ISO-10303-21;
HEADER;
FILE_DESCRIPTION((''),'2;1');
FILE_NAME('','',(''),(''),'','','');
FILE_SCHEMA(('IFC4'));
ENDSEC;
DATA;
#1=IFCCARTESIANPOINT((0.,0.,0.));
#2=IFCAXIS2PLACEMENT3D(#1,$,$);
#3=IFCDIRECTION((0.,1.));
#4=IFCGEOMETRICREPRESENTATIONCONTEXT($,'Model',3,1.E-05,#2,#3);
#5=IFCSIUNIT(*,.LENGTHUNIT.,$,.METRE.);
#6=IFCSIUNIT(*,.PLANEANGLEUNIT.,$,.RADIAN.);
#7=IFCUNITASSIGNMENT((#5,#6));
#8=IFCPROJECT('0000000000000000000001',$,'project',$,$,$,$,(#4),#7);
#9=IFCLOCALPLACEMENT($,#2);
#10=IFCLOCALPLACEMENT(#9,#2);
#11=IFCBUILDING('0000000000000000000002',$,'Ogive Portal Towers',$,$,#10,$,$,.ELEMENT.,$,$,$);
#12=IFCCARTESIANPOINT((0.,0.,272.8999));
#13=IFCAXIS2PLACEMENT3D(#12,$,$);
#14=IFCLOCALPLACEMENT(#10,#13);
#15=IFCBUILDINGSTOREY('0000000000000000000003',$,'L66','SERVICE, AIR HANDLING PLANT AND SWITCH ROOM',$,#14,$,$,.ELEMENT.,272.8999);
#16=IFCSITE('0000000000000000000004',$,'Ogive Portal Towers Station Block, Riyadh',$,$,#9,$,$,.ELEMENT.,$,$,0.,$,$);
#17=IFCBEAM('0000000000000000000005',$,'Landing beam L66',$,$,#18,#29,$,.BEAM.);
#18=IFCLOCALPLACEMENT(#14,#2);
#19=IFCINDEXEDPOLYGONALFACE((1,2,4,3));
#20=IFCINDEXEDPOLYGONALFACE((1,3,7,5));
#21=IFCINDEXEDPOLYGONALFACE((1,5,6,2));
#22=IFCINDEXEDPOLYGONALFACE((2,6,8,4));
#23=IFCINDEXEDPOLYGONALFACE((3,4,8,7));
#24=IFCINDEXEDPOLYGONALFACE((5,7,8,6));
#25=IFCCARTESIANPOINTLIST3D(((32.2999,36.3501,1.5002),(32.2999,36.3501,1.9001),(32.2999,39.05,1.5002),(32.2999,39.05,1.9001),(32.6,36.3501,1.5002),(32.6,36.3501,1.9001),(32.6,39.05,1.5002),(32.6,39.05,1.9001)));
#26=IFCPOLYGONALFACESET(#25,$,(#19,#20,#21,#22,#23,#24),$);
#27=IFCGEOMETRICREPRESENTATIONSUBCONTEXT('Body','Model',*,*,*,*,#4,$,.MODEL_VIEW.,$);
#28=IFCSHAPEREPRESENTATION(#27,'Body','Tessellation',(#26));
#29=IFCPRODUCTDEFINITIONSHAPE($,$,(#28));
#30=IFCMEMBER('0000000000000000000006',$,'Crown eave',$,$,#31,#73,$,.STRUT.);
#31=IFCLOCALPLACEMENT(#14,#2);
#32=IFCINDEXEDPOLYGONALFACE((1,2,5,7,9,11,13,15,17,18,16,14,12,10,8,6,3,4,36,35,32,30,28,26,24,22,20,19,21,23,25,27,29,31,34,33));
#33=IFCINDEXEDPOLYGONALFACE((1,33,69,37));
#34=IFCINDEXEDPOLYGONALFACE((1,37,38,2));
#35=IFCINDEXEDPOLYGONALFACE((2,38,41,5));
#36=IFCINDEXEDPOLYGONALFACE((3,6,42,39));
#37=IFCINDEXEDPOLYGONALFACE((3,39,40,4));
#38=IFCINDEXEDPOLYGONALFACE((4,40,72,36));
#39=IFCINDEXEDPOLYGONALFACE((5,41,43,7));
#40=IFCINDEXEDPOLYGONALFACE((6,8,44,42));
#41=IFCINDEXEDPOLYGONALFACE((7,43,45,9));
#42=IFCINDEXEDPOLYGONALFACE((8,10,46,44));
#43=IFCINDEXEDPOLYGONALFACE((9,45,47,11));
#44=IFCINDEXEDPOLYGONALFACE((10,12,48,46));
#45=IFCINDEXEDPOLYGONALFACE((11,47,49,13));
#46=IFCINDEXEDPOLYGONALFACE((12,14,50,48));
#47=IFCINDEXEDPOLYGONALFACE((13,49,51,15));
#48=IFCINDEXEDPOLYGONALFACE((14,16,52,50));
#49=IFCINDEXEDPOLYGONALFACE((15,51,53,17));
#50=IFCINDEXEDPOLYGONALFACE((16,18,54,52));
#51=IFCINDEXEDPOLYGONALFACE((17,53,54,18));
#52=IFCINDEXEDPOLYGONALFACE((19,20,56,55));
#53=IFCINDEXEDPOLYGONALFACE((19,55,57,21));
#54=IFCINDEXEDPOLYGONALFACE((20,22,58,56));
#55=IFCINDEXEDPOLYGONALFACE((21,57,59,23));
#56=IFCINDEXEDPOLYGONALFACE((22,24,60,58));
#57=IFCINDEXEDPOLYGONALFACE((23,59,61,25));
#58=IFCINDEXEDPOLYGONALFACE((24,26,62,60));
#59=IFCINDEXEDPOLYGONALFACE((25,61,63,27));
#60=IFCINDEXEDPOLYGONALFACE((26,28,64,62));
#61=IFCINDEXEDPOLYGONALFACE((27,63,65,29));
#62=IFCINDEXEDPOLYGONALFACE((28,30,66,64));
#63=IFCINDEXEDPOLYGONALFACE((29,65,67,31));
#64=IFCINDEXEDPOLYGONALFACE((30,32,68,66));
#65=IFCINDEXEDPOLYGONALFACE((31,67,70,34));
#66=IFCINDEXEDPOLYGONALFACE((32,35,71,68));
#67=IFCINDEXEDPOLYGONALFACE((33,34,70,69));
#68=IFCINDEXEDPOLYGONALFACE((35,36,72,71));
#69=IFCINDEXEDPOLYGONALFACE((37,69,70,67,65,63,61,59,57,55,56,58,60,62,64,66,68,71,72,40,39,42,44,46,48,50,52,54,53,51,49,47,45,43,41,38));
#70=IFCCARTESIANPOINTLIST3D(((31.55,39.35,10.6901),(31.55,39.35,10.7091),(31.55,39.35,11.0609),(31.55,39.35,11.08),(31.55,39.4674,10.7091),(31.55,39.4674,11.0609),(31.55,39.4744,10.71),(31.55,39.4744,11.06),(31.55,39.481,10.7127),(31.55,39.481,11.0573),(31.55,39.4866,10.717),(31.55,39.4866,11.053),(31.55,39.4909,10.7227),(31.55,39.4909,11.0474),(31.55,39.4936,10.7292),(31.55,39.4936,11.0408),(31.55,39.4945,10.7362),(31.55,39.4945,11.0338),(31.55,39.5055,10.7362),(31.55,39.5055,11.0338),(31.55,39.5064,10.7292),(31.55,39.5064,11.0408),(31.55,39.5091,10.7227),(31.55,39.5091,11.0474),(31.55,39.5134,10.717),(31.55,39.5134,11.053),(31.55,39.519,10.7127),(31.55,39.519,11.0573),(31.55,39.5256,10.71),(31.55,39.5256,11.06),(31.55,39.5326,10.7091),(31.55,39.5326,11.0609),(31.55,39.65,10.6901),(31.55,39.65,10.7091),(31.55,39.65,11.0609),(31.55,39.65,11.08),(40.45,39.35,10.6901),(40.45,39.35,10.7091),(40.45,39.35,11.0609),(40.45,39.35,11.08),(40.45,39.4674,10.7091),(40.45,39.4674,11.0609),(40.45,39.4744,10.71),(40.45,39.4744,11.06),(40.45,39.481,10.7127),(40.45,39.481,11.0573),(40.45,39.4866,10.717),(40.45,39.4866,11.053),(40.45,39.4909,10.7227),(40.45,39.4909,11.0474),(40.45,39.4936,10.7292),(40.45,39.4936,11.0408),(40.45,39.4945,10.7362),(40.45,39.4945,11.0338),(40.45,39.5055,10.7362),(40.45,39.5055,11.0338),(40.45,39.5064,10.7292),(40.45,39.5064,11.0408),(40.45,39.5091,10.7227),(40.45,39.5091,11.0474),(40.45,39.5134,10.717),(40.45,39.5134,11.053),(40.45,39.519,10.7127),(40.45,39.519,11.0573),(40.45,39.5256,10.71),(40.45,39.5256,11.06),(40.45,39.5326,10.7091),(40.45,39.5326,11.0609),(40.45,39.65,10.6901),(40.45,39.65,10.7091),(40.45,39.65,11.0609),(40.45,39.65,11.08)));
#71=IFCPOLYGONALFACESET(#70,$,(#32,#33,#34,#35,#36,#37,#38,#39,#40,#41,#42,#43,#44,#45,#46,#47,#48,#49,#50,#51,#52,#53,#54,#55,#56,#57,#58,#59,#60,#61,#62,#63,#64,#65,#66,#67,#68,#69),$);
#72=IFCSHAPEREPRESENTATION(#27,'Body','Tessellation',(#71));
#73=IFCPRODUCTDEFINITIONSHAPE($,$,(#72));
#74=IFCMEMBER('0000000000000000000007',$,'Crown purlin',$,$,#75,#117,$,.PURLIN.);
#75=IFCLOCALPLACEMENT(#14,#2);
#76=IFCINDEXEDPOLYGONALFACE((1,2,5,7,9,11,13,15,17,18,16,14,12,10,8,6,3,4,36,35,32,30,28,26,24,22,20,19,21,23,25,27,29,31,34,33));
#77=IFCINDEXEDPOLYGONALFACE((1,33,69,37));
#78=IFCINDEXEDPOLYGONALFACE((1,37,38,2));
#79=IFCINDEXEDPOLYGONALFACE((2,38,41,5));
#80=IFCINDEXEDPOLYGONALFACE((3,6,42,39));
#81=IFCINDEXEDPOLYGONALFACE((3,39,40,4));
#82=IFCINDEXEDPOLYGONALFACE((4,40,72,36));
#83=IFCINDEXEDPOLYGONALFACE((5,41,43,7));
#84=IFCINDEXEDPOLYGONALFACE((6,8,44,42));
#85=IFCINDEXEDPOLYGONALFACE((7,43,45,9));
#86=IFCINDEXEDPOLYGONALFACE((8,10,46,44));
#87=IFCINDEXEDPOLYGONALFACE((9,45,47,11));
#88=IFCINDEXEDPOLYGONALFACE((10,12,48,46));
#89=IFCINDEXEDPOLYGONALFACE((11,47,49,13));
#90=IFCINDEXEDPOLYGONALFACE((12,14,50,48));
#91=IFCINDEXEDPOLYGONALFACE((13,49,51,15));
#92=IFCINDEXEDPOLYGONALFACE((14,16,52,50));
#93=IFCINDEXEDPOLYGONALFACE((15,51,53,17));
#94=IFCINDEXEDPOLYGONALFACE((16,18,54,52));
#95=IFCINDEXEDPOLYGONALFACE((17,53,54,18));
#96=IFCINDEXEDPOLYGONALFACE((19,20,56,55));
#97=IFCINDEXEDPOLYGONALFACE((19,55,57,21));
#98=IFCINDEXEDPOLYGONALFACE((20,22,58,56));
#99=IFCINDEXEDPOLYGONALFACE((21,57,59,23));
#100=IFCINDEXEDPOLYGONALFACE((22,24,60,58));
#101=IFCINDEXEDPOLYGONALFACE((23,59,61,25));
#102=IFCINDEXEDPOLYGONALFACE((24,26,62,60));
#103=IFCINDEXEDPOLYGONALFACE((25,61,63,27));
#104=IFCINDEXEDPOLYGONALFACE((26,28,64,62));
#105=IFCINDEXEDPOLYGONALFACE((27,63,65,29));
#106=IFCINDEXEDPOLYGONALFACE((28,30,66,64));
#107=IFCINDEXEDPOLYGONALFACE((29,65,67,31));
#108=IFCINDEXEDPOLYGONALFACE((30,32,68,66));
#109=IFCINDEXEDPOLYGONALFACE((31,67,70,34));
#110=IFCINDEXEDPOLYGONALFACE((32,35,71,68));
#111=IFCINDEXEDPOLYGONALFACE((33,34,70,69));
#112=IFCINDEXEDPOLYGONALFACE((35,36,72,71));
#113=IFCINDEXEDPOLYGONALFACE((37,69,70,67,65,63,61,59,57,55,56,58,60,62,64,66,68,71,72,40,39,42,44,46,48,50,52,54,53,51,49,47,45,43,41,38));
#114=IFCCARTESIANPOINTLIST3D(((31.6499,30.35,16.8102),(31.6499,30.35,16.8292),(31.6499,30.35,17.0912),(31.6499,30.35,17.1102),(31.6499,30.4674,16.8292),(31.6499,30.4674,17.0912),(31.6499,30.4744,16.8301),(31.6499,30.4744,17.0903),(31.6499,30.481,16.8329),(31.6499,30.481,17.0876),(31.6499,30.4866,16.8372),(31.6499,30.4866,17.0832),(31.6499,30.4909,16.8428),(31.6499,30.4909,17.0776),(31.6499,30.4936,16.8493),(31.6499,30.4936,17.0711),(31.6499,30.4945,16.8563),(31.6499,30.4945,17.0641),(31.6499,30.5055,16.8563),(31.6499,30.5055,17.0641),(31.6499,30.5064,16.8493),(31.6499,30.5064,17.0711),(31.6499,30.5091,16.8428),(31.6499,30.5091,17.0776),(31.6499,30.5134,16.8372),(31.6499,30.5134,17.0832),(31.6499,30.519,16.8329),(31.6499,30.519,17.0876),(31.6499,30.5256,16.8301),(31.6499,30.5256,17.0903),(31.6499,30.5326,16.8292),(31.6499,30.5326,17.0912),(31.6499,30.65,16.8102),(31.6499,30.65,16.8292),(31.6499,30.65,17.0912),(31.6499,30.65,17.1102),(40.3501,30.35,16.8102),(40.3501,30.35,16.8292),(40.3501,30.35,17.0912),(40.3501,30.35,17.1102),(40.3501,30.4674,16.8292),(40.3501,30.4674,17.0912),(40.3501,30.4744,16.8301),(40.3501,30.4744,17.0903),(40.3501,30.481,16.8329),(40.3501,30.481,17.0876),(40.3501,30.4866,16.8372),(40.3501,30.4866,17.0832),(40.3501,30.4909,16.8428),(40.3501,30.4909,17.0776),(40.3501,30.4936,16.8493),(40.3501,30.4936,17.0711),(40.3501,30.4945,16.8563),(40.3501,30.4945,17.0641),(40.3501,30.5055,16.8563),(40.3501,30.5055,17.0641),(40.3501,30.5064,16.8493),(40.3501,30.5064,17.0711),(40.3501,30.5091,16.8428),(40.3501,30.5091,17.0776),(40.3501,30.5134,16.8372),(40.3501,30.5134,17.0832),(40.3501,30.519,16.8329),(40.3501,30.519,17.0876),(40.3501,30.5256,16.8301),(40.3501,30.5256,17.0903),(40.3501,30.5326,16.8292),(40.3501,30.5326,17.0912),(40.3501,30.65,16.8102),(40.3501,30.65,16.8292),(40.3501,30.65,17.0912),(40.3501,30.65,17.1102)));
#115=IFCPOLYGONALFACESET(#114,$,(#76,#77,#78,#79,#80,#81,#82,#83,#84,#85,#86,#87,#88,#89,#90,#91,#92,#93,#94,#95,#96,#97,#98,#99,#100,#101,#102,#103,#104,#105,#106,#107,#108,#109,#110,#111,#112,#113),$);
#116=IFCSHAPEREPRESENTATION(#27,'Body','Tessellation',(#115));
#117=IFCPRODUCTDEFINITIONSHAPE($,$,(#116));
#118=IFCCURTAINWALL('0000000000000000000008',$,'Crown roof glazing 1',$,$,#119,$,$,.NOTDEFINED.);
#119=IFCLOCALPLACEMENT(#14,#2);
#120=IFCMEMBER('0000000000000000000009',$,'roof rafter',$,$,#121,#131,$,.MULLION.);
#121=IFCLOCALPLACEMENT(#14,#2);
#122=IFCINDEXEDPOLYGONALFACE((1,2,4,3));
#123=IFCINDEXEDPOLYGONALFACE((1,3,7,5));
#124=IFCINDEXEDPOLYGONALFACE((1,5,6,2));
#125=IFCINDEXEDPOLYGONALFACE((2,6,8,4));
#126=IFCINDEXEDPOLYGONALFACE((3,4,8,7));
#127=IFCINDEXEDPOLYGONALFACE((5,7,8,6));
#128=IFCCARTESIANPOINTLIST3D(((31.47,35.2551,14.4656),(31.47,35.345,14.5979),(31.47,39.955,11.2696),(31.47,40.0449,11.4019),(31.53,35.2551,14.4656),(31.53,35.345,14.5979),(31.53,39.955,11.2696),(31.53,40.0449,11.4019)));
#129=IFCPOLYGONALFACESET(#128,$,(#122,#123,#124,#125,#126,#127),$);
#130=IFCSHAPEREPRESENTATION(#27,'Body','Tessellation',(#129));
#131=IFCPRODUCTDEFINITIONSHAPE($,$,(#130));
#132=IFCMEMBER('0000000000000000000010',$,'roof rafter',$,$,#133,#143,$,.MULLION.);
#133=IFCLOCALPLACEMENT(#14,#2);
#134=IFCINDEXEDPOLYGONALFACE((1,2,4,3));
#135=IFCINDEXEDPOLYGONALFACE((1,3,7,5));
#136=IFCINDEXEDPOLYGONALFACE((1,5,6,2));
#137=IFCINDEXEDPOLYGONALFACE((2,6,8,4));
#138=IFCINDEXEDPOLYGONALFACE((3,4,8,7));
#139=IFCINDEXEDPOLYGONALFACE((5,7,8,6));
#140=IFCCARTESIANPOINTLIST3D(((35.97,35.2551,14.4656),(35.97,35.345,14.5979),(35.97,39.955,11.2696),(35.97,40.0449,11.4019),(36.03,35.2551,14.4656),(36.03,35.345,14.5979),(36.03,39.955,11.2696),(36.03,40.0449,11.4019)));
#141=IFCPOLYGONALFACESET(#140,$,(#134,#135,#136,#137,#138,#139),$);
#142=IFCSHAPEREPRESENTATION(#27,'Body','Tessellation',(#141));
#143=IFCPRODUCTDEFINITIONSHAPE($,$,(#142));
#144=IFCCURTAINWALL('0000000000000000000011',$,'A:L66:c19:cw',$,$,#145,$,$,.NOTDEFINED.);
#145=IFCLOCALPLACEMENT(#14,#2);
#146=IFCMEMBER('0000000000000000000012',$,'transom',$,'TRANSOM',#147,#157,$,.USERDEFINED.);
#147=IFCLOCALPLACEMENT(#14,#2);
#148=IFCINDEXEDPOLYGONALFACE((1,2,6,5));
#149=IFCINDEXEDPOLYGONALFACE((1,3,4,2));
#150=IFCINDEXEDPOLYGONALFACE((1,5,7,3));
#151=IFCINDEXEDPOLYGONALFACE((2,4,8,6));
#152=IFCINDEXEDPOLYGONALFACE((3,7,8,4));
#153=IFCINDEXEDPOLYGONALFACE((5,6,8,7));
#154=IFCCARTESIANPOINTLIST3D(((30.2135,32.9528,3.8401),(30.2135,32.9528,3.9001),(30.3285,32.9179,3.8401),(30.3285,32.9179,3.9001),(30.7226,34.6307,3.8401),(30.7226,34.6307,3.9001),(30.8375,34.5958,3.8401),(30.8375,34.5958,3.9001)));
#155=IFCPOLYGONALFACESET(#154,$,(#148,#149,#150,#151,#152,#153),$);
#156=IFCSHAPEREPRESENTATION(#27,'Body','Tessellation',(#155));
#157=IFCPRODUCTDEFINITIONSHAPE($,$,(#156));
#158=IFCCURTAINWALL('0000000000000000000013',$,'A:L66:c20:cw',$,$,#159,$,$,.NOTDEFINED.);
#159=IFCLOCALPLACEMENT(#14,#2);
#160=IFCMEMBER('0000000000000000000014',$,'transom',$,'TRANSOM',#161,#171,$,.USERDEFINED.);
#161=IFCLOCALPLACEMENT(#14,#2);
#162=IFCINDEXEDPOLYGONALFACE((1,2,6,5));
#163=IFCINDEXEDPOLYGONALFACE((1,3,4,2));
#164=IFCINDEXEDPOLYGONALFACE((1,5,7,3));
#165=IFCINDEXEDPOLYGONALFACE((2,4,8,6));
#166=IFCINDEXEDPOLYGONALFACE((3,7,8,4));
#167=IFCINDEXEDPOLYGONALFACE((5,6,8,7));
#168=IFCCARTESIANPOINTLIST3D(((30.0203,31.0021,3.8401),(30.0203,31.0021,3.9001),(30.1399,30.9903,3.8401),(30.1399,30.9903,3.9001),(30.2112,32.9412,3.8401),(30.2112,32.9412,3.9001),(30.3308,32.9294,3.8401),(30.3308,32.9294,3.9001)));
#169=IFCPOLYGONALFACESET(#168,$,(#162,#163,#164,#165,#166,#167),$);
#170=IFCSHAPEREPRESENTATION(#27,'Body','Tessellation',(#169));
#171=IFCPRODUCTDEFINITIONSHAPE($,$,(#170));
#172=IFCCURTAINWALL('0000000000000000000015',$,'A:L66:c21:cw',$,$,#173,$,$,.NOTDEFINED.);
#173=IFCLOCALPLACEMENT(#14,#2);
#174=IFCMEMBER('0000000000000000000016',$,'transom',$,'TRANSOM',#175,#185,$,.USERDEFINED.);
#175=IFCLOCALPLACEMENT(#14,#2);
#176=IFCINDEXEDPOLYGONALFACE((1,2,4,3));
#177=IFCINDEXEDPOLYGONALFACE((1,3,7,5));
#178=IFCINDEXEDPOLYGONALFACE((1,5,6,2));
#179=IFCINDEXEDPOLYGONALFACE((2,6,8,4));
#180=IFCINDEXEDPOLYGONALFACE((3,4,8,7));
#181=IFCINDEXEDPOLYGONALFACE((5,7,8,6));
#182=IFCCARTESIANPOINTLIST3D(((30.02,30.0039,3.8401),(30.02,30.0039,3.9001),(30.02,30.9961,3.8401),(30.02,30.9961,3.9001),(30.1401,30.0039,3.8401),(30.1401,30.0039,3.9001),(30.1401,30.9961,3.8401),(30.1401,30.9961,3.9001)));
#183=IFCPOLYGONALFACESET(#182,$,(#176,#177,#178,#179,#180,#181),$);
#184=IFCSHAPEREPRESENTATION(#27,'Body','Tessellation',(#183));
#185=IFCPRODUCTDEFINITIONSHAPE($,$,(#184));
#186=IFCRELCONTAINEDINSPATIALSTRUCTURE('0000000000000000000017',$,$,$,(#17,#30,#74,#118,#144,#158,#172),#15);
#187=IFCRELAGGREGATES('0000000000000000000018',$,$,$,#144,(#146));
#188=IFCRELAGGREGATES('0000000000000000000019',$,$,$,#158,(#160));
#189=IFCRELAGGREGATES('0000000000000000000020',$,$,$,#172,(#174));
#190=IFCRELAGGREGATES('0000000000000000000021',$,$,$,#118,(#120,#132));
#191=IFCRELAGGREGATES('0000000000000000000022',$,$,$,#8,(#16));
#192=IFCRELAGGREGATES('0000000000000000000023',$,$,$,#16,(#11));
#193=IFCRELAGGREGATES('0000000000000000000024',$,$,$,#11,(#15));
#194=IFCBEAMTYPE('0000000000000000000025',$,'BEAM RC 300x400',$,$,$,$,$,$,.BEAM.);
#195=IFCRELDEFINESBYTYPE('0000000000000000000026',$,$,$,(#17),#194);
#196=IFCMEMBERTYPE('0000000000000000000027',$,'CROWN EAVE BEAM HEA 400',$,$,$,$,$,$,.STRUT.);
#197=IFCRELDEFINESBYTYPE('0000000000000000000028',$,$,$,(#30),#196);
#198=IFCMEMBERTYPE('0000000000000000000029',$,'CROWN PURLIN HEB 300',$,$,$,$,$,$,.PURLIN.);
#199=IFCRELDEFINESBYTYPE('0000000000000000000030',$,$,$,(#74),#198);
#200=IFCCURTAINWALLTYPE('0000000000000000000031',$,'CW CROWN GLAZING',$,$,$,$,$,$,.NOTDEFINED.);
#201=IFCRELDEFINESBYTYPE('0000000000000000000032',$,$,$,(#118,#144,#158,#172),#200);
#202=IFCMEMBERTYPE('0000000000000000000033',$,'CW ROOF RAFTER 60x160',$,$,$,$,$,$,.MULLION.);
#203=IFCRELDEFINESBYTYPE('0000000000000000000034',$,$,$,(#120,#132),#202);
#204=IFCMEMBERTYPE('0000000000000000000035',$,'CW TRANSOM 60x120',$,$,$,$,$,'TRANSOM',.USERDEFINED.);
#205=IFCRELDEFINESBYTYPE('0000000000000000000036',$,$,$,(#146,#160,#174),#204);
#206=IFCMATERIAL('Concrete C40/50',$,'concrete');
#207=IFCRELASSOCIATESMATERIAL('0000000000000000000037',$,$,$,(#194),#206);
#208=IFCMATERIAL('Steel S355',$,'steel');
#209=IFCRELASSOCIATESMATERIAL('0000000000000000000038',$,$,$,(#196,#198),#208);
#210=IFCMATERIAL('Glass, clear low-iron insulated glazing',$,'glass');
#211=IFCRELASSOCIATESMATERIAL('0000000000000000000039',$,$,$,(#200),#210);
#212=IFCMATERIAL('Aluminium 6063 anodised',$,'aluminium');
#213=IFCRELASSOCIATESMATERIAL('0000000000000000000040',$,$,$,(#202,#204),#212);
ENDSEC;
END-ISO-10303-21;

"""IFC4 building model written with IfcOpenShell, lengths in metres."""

from ifc_helpers import new_model, si_unit, direction, frame, origin, origin_2d, place, context, subcontext, project, spatial, rectangle, i_section, extrude, material, material_profile, profile_set, type_object, element, aggregate, save


model = new_model("IFC4")

# Units and contexts
model_context = context("Model", 3, precision=1e-05, world=origin(), true_north=direction((0.0, 1.0)))
body_context = subcontext(model_context, "Body", "Model", "MODEL_VIEW")
ifc_project = project(units=[si_unit("LENGTHUNIT", "METRE"), si_unit("PLANEANGLEUNIT", "RADIAN")], contexts=[model_context])

# Site, building, storey
site_placement = place(None, origin())
site = spatial("IfcSite", under=ifc_project, at=site_placement, Name="Ogive Portal Towers Station Block, Riyadh", CompositionType="ELEMENT", RefElevation=0.0)
building_placement = place(site_placement, origin())
building = spatial("IfcBuilding", under=site, at=building_placement, Name="Ogive Portal Towers", CompositionType="ELEMENT")
storey_placement = place(building_placement, frame((0.0, 0.0, 272.8999)))
storey = spatial("IfcBuildingStorey", under=building, at=storey_placement, Name="L66", Description="SERVICE, AIR HANDLING PLANT AND SWITCH ROOM", CompositionType="ELEMENT", Elevation=272.8999)

# Beam
ifc_material_1 = material(Name="Concrete C40/50", Category="concrete")
ifc_material_profile_1 = material_profile(ifc_material_1, rectangle(XDim=0.3, YDim=0.3999, at=origin_2d()), Name="RC 300x400")
ifc_profile_set_1 = profile_set([ifc_material_profile_1], Name="Concrete C40/50")
beam_type = type_object("IfcBeamType", Name="BEAM RC 300x400", PredefinedType="BEAM", material=ifc_profile_set_1)
beam_placement = place(storey_placement, frame((32.45, 36.3501, 1.7002), z_axis=(0.0, 1.0, 0.0), x_axis=(-1.0, 0.0, 0.0)))
element("IfcBeam", 1, at=beam_placement, inside=storey, type_object=beam_type, Name="Landing beam L66", PredefinedType="BEAM", context=body_context, shape_type="SweptSolid", body=[
    extrude(rectangle(XDim=0.3, YDim=0.3999, at=origin_2d()), origin(), (0.0, 0.0, 1.0), 2.7),
])

# Members
ifc_material_2 = material(Name="Steel S355", Category="steel")
ifc_material_profile_2 = material_profile(ifc_material_2, i_section(OverallWidth=0.3, OverallDepth=0.3899, WebThickness=0.011, FlangeThickness=0.019, FilletRadius=0.0271, at=origin_2d()), Name="HEA 400")
ifc_profile_set_2 = profile_set([ifc_material_profile_2], Name="Steel S355")
member_type_1 = type_object("IfcMemberType", Name="CROWN EAVE BEAM HEA 400", PredefinedType="STRUT", material=ifc_profile_set_2)
member_1_placement = place(storey_placement, frame((31.55, 39.5, 10.885), z_axis=(1.0, 0.0, 0.0), x_axis=(0.0, 1.0, 0.0)))
element("IfcMember", 2, at=member_1_placement, inside=storey, type_object=member_type_1, Name="Crown eave", PredefinedType="STRUT", context=body_context, shape_type="SweptSolid", body=[
    extrude(i_section(OverallWidth=0.3, OverallDepth=0.3899, WebThickness=0.011, FlangeThickness=0.019, FilletRadius=0.0271, at=origin_2d()), origin(), (0.0, 0.0, 1.0), 8.8999),
])
ifc_material_profile_3 = material_profile(ifc_material_2, i_section(OverallWidth=0.3, OverallDepth=0.3, WebThickness=0.011, FlangeThickness=0.019, FilletRadius=0.0271, at=origin_2d()), Name="HEB 300")
ifc_profile_set_3 = profile_set([ifc_material_profile_3], Name="Steel S355")
member_type_2 = type_object("IfcMemberType", Name="CROWN PURLIN HEB 300", PredefinedType="PURLIN", material=ifc_profile_set_3)
member_2_placement = place(storey_placement, frame((31.6499, 30.5, 16.9602), z_axis=(1.0, 0.0, 0.0), x_axis=(0.0, 1.0, 0.0)))
element("IfcMember", 3, at=member_2_placement, inside=storey, type_object=member_type_2, Name="Crown purlin", PredefinedType="PURLIN", context=body_context, shape_type="SweptSolid", body=[
    extrude(i_section(OverallWidth=0.3, OverallDepth=0.3, WebThickness=0.011, FlangeThickness=0.019, FilletRadius=0.0271, at=origin_2d()), origin(), (0.0, 0.0, 1.0), 8.7002),
])

# Curtain wall, members
ifc_material_3 = material(Name="Glass, clear low-iron insulated glazing", Category="glass")
curtain_wall_type = type_object("IfcCurtainWallType", Name="CW CROWN GLAZING", PredefinedType="NOTDEFINED", material=ifc_material_3)
curtain_wall_1_placement = place(storey_placement, origin())
curtain_wall_1 = element("IfcCurtainWall", 4, at=curtain_wall_1_placement, inside=storey, type_object=curtain_wall_type, Name="Crown roof glazing 1", PredefinedType="NOTDEFINED")
ifc_material_4 = material(Name="Aluminium 6063 anodised", Category="aluminium")
ifc_material_profile_4 = material_profile(ifc_material_4, rectangle(XDim=0.0601, YDim=0.1599, at=origin_2d()), Name="AL 60x160 rafter")
ifc_profile_set_4 = profile_set([ifc_material_profile_4], Name="Aluminium 6063 anodised")
member_type_3 = type_object("IfcMemberType", Name="CW ROOF RAFTER 60x160", PredefinedType="MULLION", material=ifc_profile_set_4)
member_3_placement = place(storey_placement, frame((31.5, 35.3, 14.5317), z_axis=(0.0, 0.82692, -0.562319), x_axis=(-1.0, 0.0, 0.0)))
member_3 = element("IfcMember", 5, at=member_3_placement, type_object=member_type_3, Name="roof rafter", PredefinedType="MULLION", context=body_context, shape_type="SweptSolid", body=[
    extrude(rectangle(XDim=0.0601, YDim=0.1599, at=origin_2d()), origin(), (0.0, 0.0, 1.0), 5.6836),
])
member_4_placement = place(storey_placement, frame((36.0, 35.3, 14.5317), z_axis=(0.0, 0.82692, -0.562319), x_axis=(-1.0, 0.0, 0.0)))
member_4 = element("IfcMember", 6, at=member_4_placement, type_object=member_type_3, Name="roof rafter", PredefinedType="MULLION", context=body_context, shape_type="SweptSolid", body=[
    extrude(rectangle(XDim=0.0601, YDim=0.1599, at=origin_2d()), origin(), (0.0, 0.0, 1.0), 5.6836),
])

# Curtain walls, members
curtain_wall_2_placement = place(storey_placement, origin())
curtain_wall_2 = element("IfcCurtainWall", 7, at=curtain_wall_2_placement, inside=storey, type_object=curtain_wall_type, Name="A:L66:c19:cw", PredefinedType="NOTDEFINED")
ifc_material_profile_5 = material_profile(ifc_material_4, rectangle(XDim=0.1201, YDim=0.0601, at=origin_2d()), Name="AL 120x60")
ifc_profile_set_5 = profile_set([ifc_material_profile_5], Name="Aluminium 6063 anodised")
member_type_4 = type_object("IfcMemberType", Name="CW TRANSOM 60x120", ElementType="TRANSOM", PredefinedType="USERDEFINED", material=ifc_profile_set_5)
member_5_placement = place(storey_placement, frame((30.78, 34.6133, 3.8701), z_axis=(-0.290297, -0.956937, 0.0), x_axis=(0.956937, -0.290297, 0.0)))
member_5 = element("IfcMember", 8, at=member_5_placement, type_object=member_type_4, Name="transom", ObjectType="TRANSOM", PredefinedType="USERDEFINED", context=body_context, shape_type="SweptSolid", body=[
    extrude(rectangle(XDim=0.1201, YDim=0.0601, at=origin_2d()), origin(), (0.0, 0.0, 1.0), 1.7534),
])
aggregate(curtain_wall_2, [member_5])
curtain_wall_3_placement = place(storey_placement, origin())
curtain_wall_3 = element("IfcCurtainWall", 9, at=curtain_wall_3_placement, inside=storey, type_object=curtain_wall_type, Name="A:L66:c20:cw", PredefinedType="NOTDEFINED")
member_6_placement = place(storey_placement, frame((30.271, 32.9353, 3.8701), z_axis=(-0.097978, -0.995189, 0.0), x_axis=(0.995189, -0.097978, 0.0)))
member_6 = element("IfcMember", 10, at=member_6_placement, type_object=member_type_4, Name="transom", ObjectType="TRANSOM", PredefinedType="USERDEFINED", context=body_context, shape_type="SweptSolid", body=[
    extrude(rectangle(XDim=0.1201, YDim=0.0601, at=origin_2d()), origin(), (0.0, 0.0, 1.0), 1.9485),
])
aggregate(curtain_wall_3, [member_6])
curtain_wall_4_placement = place(storey_placement, origin())
curtain_wall_4 = element("IfcCurtainWall", 11, at=curtain_wall_4_placement, inside=storey, type_object=curtain_wall_type, Name="A:L66:c21:cw", PredefinedType="NOTDEFINED")
member_7_placement = place(storey_placement, frame((30.0801, 30.9961, 3.8701), z_axis=(0.0, -1.0, 0.0), x_axis=(1.0, 0.0, 0.0)))
member_7 = element("IfcMember", 12, at=member_7_placement, type_object=member_type_4, Name="transom", ObjectType="TRANSOM", PredefinedType="USERDEFINED", context=body_context, shape_type="SweptSolid", body=[
    extrude(rectangle(XDim=0.1201, YDim=0.0601, at=origin_2d()), origin(), (0.0, 0.0, 1.0), 0.9922),
])
aggregate(curtain_wall_4, [member_7])

aggregate(curtain_wall_1, [member_3, member_4])

save(model, "model.ifc")
